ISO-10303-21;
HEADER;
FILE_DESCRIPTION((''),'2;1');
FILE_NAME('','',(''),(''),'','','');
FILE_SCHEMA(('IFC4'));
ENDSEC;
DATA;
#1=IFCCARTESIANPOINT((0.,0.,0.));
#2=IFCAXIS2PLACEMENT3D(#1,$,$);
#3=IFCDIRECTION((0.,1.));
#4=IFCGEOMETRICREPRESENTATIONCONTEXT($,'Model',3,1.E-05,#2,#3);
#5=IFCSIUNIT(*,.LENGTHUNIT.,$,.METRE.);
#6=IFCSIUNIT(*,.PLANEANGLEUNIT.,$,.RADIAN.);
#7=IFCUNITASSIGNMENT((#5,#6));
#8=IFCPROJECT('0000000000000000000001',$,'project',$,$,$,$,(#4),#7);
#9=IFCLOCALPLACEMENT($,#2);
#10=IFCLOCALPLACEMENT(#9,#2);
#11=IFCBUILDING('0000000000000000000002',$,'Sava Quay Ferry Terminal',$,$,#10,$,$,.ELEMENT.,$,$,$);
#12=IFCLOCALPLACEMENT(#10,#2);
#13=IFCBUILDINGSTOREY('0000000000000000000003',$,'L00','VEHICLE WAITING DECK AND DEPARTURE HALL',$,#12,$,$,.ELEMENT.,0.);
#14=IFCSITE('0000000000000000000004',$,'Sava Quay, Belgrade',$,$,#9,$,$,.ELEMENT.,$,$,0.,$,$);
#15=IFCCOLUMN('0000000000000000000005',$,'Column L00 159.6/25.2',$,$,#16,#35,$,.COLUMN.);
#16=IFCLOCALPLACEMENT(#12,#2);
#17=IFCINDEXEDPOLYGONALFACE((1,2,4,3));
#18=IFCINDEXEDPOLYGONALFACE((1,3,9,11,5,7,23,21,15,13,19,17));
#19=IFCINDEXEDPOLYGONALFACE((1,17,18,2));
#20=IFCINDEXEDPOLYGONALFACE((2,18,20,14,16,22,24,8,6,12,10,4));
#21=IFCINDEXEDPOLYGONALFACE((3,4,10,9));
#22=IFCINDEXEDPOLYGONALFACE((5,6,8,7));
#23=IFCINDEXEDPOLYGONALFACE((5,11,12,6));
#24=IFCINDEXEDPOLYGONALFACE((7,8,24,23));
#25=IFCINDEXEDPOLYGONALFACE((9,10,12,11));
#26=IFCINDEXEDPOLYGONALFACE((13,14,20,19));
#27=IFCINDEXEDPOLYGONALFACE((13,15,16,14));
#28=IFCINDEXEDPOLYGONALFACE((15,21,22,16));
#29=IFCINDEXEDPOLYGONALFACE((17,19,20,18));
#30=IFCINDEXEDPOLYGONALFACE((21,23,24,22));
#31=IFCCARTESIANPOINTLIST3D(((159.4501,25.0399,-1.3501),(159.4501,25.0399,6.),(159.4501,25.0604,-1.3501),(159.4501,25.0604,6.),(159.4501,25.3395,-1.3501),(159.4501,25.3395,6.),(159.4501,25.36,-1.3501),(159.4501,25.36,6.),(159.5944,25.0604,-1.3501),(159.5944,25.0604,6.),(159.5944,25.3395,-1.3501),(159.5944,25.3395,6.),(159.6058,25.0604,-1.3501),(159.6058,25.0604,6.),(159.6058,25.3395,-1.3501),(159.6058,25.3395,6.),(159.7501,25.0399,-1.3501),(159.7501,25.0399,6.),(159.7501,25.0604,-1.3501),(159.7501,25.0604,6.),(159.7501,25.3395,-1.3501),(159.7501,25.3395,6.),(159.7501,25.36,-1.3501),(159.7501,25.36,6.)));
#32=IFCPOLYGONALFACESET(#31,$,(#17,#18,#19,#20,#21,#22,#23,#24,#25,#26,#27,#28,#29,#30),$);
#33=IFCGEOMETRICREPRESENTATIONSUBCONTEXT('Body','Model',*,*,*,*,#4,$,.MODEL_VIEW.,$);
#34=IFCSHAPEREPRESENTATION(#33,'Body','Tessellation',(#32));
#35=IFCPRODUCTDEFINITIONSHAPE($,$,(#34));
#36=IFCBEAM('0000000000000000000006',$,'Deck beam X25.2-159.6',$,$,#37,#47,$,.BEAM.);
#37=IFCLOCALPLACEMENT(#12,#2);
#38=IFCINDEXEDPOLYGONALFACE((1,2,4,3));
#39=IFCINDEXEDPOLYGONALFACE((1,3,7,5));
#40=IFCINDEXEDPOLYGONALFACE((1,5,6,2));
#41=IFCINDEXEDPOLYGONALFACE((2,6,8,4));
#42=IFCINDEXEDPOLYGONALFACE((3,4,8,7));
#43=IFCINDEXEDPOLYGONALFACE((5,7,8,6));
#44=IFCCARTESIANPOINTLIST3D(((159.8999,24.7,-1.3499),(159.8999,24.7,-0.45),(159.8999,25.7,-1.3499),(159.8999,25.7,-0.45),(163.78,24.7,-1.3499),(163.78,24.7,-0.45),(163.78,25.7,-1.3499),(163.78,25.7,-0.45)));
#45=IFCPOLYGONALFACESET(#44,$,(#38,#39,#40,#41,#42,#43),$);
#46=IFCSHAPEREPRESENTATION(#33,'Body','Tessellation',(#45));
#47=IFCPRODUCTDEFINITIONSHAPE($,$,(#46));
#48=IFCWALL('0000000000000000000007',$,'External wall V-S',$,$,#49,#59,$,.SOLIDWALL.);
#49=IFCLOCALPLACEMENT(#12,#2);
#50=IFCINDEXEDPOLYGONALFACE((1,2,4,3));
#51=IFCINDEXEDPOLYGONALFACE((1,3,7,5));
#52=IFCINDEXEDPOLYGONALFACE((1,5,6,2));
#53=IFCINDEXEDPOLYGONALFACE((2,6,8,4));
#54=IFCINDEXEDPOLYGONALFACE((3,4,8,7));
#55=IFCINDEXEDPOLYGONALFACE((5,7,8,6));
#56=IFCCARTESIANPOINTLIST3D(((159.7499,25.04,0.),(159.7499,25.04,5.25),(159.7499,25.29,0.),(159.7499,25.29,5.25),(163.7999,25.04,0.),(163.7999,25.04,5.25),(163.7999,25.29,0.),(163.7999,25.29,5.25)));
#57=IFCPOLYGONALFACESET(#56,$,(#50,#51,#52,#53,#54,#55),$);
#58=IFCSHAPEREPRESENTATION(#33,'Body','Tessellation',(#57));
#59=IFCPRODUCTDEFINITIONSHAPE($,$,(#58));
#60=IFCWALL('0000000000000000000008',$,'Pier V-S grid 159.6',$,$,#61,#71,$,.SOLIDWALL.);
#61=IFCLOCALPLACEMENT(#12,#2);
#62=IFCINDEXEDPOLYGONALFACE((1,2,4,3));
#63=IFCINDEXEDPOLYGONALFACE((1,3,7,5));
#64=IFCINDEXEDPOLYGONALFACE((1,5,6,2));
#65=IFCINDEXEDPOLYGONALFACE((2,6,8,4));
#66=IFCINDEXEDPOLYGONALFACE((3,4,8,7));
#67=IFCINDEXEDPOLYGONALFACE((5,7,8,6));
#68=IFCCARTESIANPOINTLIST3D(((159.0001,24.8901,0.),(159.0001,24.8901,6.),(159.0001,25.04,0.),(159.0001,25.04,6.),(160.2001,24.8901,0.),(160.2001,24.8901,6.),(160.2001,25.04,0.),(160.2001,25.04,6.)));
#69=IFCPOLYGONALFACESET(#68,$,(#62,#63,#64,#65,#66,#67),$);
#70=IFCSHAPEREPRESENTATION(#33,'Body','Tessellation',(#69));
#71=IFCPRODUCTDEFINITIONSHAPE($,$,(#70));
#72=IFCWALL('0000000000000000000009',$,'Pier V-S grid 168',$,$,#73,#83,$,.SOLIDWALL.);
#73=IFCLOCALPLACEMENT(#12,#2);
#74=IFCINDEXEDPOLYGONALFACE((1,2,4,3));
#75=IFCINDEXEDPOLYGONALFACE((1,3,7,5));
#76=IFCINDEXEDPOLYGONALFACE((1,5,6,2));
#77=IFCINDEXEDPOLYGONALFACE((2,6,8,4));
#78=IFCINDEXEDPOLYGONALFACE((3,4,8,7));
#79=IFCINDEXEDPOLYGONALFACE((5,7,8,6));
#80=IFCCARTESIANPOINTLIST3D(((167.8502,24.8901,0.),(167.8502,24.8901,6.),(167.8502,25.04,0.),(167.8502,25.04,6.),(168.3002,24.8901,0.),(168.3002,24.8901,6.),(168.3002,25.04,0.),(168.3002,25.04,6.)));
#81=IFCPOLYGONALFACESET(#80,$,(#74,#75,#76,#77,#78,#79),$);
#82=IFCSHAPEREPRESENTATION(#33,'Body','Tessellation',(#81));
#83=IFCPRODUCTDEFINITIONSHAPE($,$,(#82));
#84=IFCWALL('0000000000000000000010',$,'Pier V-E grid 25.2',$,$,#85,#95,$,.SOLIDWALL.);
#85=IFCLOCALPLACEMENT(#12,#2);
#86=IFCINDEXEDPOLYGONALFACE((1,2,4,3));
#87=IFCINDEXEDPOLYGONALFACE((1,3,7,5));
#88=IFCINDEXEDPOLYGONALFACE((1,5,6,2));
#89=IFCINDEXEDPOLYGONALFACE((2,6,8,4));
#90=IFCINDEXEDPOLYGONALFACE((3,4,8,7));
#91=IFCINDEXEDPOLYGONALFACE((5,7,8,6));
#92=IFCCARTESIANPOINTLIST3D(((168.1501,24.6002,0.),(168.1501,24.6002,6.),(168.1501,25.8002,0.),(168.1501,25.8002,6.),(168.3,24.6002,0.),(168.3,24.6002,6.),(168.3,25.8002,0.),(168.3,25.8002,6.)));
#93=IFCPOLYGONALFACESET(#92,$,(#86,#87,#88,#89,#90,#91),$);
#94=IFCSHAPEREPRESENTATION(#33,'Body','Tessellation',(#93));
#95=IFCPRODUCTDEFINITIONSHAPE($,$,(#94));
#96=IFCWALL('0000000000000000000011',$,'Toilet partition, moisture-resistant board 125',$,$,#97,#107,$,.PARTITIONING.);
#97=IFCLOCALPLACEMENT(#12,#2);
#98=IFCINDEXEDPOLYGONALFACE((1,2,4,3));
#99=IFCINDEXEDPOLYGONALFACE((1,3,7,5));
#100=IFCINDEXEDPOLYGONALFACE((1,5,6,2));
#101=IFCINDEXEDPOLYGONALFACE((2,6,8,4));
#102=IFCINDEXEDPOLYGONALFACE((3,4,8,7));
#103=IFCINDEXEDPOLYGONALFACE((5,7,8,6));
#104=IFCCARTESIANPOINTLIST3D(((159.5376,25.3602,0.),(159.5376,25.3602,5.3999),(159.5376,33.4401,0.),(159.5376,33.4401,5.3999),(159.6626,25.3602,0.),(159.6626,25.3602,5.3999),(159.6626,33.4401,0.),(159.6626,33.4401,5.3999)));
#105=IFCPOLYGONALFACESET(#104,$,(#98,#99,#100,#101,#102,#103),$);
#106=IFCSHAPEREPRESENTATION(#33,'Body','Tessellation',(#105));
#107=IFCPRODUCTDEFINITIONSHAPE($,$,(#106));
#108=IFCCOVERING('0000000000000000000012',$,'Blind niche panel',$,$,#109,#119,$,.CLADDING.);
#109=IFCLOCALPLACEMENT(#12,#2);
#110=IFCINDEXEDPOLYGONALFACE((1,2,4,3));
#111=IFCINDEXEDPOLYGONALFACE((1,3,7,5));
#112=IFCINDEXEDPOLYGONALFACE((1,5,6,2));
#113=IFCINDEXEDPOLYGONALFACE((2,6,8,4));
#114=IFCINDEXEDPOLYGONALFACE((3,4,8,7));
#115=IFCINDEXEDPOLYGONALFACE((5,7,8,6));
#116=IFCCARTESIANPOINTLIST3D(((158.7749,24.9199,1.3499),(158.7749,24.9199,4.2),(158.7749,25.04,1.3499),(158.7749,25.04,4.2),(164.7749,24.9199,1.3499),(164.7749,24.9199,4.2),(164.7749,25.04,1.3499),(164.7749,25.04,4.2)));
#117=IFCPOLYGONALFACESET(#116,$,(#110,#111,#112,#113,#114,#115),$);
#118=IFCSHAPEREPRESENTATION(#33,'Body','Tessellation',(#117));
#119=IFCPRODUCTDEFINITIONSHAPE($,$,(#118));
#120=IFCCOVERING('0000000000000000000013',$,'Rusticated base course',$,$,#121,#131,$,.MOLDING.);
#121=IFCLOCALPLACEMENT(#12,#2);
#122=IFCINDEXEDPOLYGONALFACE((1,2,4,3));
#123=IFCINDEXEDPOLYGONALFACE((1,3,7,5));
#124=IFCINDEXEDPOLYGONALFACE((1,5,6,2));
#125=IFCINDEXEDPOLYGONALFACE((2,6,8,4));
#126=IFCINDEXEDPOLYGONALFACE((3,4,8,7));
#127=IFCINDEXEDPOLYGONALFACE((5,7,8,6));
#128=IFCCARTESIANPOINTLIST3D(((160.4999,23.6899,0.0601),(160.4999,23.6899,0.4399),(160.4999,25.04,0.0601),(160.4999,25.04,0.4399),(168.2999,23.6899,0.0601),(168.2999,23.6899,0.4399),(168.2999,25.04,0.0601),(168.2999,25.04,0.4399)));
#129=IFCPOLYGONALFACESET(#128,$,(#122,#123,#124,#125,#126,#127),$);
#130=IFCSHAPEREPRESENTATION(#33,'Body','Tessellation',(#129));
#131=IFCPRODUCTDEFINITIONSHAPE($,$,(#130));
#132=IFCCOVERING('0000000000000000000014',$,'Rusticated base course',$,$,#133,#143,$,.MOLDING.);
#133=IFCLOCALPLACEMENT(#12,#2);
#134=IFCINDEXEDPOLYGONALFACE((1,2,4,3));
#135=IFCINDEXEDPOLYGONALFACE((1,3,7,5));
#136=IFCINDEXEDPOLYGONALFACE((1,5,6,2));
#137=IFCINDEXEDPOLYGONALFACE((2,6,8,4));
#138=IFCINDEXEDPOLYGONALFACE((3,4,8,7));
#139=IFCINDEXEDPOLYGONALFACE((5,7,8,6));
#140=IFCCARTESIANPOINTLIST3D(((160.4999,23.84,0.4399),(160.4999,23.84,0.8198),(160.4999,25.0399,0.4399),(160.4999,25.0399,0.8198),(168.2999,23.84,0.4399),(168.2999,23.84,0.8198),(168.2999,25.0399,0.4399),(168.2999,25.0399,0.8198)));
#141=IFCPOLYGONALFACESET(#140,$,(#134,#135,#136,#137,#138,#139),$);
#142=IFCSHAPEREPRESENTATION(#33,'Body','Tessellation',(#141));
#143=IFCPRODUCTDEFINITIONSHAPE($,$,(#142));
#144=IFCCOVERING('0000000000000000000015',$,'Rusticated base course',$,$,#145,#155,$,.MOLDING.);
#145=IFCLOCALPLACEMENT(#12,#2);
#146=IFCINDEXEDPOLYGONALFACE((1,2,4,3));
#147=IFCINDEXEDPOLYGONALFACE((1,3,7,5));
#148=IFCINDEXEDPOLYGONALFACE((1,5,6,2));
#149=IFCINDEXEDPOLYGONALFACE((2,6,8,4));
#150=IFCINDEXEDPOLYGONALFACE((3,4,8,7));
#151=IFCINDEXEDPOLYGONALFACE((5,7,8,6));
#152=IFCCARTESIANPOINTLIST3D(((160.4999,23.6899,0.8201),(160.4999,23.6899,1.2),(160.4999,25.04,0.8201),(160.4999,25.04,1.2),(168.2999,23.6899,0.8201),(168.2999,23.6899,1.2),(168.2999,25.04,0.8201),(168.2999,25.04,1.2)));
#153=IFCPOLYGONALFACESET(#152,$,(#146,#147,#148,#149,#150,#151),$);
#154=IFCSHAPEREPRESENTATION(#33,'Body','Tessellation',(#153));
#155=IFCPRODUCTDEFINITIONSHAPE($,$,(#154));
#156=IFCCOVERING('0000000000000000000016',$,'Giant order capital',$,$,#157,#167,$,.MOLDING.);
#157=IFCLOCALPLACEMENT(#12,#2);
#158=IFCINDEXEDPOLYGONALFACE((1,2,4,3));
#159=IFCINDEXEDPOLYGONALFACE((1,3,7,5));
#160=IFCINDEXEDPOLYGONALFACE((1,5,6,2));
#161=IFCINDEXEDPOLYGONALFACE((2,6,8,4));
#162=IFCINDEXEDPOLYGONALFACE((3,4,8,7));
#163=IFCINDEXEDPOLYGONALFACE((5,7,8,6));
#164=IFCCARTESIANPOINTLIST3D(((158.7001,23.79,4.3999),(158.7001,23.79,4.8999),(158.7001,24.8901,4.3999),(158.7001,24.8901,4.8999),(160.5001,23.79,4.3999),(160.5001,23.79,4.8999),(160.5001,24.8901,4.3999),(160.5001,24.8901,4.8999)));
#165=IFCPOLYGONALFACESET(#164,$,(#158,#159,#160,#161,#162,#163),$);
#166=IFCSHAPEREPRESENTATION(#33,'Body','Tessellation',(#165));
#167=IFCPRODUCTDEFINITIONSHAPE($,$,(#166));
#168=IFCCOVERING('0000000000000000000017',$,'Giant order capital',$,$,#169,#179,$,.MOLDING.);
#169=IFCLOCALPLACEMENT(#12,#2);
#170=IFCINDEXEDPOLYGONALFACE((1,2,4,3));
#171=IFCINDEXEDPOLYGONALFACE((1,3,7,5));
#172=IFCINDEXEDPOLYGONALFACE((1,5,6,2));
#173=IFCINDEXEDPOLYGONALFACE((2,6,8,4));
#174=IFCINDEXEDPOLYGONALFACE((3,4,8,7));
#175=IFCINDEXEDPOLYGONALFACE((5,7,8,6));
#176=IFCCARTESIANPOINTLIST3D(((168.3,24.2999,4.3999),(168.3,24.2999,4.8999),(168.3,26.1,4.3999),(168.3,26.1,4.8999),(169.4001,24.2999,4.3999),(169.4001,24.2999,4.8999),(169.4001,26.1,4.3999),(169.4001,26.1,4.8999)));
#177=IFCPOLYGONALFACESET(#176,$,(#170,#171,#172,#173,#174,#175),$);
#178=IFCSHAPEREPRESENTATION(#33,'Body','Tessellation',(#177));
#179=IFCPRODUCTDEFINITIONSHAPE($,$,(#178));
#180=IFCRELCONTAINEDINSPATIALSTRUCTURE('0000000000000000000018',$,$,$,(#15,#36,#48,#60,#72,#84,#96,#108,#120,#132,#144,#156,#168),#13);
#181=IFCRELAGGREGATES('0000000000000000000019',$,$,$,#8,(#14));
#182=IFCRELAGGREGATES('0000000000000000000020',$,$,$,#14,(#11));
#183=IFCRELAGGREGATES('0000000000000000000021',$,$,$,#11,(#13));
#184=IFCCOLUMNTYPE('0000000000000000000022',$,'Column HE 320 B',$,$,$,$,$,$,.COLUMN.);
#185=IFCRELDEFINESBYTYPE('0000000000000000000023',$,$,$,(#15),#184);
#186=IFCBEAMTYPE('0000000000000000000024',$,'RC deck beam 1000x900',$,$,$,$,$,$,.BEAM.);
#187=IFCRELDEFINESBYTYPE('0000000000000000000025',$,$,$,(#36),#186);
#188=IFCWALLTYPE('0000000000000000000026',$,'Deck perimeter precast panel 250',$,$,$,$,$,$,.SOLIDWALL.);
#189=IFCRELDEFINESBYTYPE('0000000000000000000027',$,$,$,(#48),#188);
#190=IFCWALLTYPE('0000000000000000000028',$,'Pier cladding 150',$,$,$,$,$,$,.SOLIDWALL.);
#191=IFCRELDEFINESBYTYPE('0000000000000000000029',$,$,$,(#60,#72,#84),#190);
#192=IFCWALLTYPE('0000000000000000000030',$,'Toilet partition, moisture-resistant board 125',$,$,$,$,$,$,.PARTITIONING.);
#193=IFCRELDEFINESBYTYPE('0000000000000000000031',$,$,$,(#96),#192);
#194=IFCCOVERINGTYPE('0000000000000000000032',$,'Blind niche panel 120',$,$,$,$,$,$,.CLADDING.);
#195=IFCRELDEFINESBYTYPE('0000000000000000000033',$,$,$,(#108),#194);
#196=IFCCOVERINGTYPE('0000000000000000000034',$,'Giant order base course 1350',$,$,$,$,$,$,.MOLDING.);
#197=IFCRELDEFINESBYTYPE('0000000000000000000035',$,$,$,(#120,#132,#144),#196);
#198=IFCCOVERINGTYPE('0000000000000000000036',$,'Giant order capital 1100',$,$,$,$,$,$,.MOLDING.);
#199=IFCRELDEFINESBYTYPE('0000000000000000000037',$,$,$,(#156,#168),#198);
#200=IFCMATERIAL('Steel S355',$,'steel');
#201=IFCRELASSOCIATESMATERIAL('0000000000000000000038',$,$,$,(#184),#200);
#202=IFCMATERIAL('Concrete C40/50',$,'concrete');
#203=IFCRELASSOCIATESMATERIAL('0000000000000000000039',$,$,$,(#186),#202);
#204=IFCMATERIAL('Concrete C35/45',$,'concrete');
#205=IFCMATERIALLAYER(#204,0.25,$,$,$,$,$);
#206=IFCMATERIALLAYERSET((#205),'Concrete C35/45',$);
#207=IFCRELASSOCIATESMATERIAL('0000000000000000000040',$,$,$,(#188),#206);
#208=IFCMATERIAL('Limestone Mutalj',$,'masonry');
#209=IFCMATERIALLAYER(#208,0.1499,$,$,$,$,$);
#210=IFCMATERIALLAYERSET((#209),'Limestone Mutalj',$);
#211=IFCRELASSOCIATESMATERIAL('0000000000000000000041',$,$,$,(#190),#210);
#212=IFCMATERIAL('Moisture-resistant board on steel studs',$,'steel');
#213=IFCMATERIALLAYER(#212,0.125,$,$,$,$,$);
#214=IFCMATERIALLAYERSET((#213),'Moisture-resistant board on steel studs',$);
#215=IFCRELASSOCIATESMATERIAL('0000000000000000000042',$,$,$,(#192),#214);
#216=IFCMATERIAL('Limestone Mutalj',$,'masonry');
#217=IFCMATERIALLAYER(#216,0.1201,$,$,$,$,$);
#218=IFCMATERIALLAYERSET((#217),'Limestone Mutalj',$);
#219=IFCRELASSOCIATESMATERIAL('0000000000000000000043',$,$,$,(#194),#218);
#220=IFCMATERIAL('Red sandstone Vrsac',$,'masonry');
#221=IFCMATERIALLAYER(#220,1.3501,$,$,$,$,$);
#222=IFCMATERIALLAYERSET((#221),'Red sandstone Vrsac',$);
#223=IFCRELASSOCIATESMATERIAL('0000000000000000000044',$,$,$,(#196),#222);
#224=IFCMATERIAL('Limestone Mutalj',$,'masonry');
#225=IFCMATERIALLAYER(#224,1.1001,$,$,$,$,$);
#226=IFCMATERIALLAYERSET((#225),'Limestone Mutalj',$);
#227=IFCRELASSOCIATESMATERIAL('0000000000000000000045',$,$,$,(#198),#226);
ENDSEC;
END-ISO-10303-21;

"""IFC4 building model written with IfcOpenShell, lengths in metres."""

from ifc_helpers import new_model, si_unit, direction, frame, frame_2d, origin, origin_2d, place, context, subcontext, project, spatial, rectangle, i_section, extrude, material, layer, layer_set, material_profile, profile_set, type_object, element, save


model = new_model("IFC4")

# Units and contexts
model_context = context("Model", 3, precision=1e-05, world=origin(), true_north=direction((0.0, 1.0)))
body_context = subcontext(model_context, "Body", "Model", "MODEL_VIEW")
ifc_project = project(units=[si_unit("LENGTHUNIT", "METRE"), si_unit("PLANEANGLEUNIT", "RADIAN")], contexts=[model_context])

# Site, building, storey
site_placement = place(None, origin())
site = spatial("IfcSite", under=ifc_project, at=site_placement, Name="Sava Quay, Belgrade", CompositionType="ELEMENT", RefElevation=0.0)
building_placement = place(site_placement, origin())
building = spatial("IfcBuilding", under=site, at=building_placement, Name="Sava Quay Ferry Terminal", CompositionType="ELEMENT")
storey_placement = place(building_placement, origin())
storey = spatial("IfcBuildingStorey", under=building, at=storey_placement, Name="L00", Description="VEHICLE WAITING DECK AND DEPARTURE HALL", CompositionType="ELEMENT", Elevation=0.0)

# Column
ifc_material_1 = material(Name="Steel S355", Category="steel")
ifc_material_profile_1 = material_profile(ifc_material_1, i_section(OverallWidth=0.3, OverallDepth=0.3201, WebThickness=0.0115, FlangeThickness=0.0205, at=origin_2d()), Name="HE 320 B")
ifc_profile_set_1 = profile_set([ifc_material_profile_1], Name="Steel S355")
column_type = type_object("IfcColumnType", Name="Column HE 320 B", PredefinedType="COLUMN", material=ifc_profile_set_1)
column_placement = place(storey_placement, frame((159.6001, 25.2, -1.3501), z_axis=(0.0, 0.0, 1.0), x_axis=(1.0, 0.0, 0.0)))
element("IfcColumn", 1, at=column_placement, inside=storey, type_object=column_type, Name="Column L00 159.6/25.2", PredefinedType="COLUMN", context=body_context, shape_type="SweptSolid", body=[
    extrude(i_section(OverallWidth=0.3, OverallDepth=0.3201, WebThickness=0.0115, FlangeThickness=0.0205, at=origin_2d()), origin(), (0.0, 0.0, 1.0), 7.3501),
])

# Beam
ifc_material_2 = material(Name="Concrete C40/50", Category="concrete")
ifc_material_profile_2 = material_profile(ifc_material_2, rectangle(XDim=1.0, YDim=0.8999, at=origin_2d()), Name="RC 1000x900")
ifc_profile_set_2 = profile_set([ifc_material_profile_2], Name="Concrete C40/50")
beam_type = type_object("IfcBeamType", Name="RC deck beam 1000x900", PredefinedType="BEAM", material=ifc_profile_set_2)
beam_placement = place(storey_placement, frame((159.8999, 25.2, -0.8999), z_axis=(1.0, 0.0, 0.0), x_axis=(0.0, 1.0, 0.0)))
element("IfcBeam", 2, at=beam_placement, inside=storey, type_object=beam_type, Name="Deck beam X25.2-159.6", PredefinedType="BEAM", context=body_context, shape_type="SweptSolid", body=[
    extrude(rectangle(XDim=1.0, YDim=0.8999, at=origin_2d()), origin(), (0.0, 0.0, 1.0), 3.8801),
])

# Walls
ifc_material_3 = material(Name="Concrete C35/45", Category="concrete")
ifc_layer_1 = layer(ifc_material_3, 0.25)
ifc_layer_set_1 = layer_set([ifc_layer_1], Name="Concrete C35/45")
wall_type_1 = type_object("IfcWallType", Name="Deck perimeter precast panel 250", PredefinedType="SOLIDWALL", material=ifc_layer_set_1)
wall_1_placement = place(storey_placement, frame((159.75, 25.165, 0.0), z_axis=(0.0, 0.0, 1.0), x_axis=(1.0, 0.0, 0.0)))
element("IfcWall", 3, at=wall_1_placement, inside=storey, type_object=wall_type_1, Name="External wall V-S", PredefinedType="SOLIDWALL", context=body_context, shape_type="SweptSolid", body=[
    extrude(rectangle(XDim=4.05, YDim=0.25, at=frame_2d((2.0249, 0.0))), origin(), (0.0, 0.0, 1.0), 5.25),
])
ifc_material_4 = material(Name="Limestone Mutalj", Category="masonry")
ifc_layer_2 = layer(ifc_material_4, 0.1499)
ifc_layer_set_2 = layer_set([ifc_layer_2], Name="Limestone Mutalj")
wall_type_2 = type_object("IfcWallType", Name="Pier cladding 150", PredefinedType="SOLIDWALL", material=ifc_layer_set_2)
wall_2_placement = place(storey_placement, frame((159.0, 24.9651, 0.0), z_axis=(0.0, 0.0, 1.0), x_axis=(1.0, 0.0, 0.0)))
element("IfcWall", 4, at=wall_2_placement, inside=storey, type_object=wall_type_2, Name="Pier V-S grid 159.6", PredefinedType="SOLIDWALL", context=body_context, shape_type="SweptSolid", body=[
    extrude(rectangle(XDim=1.2, YDim=0.1499, at=frame_2d((0.6001, 0.0))), origin(), (0.0, 0.0, 1.0), 6.0),
])
wall_3_placement = place(storey_placement, frame((167.8501, 24.9651, 0.0), z_axis=(0.0, 0.0, 1.0), x_axis=(1.0, 0.0, 0.0)))
element("IfcWall", 5, at=wall_3_placement, inside=storey, type_object=wall_type_2, Name="Pier V-S grid 168", PredefinedType="SOLIDWALL", context=body_context, shape_type="SweptSolid", body=[
    extrude(rectangle(XDim=0.45, YDim=0.1499, at=frame_2d((0.2251, 0.0))), origin(), (0.0, 0.0, 1.0), 6.0),
])
wall_4_placement = place(storey_placement, frame((168.2251, 24.6001, 0.0), z_axis=(0.0, 0.0, 1.0), x_axis=(0.0, 1.0, 0.0)))
element("IfcWall", 6, at=wall_4_placement, inside=storey, type_object=wall_type_2, Name="Pier V-E grid 25.2", PredefinedType="SOLIDWALL", context=body_context, shape_type="SweptSolid", body=[
    extrude(rectangle(XDim=1.2, YDim=0.1499, at=frame_2d((0.6001, 0.0))), origin(), (0.0, 0.0, 1.0), 6.0),
])

# Wall
ifc_material_5 = material(Name="Moisture-resistant board on steel studs", Category="steel")
ifc_layer_3 = layer(ifc_material_5, 0.125)
ifc_layer_set_3 = layer_set([ifc_layer_3], Name="Moisture-resistant board on steel studs")
wall_type_3 = type_object("IfcWallType", Name="Toilet partition, moisture-resistant board 125", PredefinedType="PARTITIONING", material=ifc_layer_set_3)
wall_5_placement = place(storey_placement, frame((159.6001, 25.3601, 0.0), z_axis=(0.0, 0.0, 1.0), x_axis=(0.0, 1.0, 0.0)))
element("IfcWall", 7, at=wall_5_placement, inside=storey, type_object=wall_type_3, Name="Toilet partition, moisture-resistant board 125", PredefinedType="PARTITIONING", context=body_context, shape_type="SweptSolid", body=[
    extrude(rectangle(XDim=8.0798, YDim=0.125, at=frame_2d((4.04, 0.0))), origin(), (0.0, 0.0, 1.0), 5.3999),
])

# Coverings
ifc_material_6 = material(Name="Limestone Mutalj", Category="masonry")
ifc_layer_4 = layer(ifc_material_6, 0.1201)
ifc_layer_set_4 = layer_set([ifc_layer_4], Name="Limestone Mutalj")
covering_type_1 = type_object("IfcCoveringType", Name="Blind niche panel 120", PredefinedType="CLADDING", material=ifc_layer_set_4)
covering_1_placement = place(storey_placement, frame((161.7749, 24.98, 1.3499), z_axis=(0.0, 0.0, 1.0), x_axis=(1.0, 0.0, 0.0)))
element("IfcCovering", 8, at=covering_1_placement, inside=storey, type_object=covering_type_1, Name="Blind niche panel", PredefinedType="CLADDING", context=body_context, shape_type="SweptSolid", body=[
    extrude(rectangle(XDim=6.0, YDim=0.1201, at=origin_2d()), origin(), (0.0, 0.0, 1.0), 2.8501),
])
ifc_material_7 = material(Name="Red sandstone Vrsac", Category="masonry")
ifc_layer_5 = layer(ifc_material_7, 1.3501)
ifc_layer_set_5 = layer_set([ifc_layer_5], Name="Red sandstone Vrsac")
covering_type_2 = type_object("IfcCoveringType", Name="Giant order base course 1350", PredefinedType="MOLDING", material=ifc_layer_set_5)
covering_2_placement = place(storey_placement, frame((164.3999, 24.365, 0.0601), z_axis=(0.0, 0.0, 1.0), x_axis=(1.0, 0.0, 0.0)))
element("IfcCovering", 9, at=covering_2_placement, inside=storey, type_object=covering_type_2, Name="Rusticated base course", PredefinedType="MOLDING", context=body_context, shape_type="SweptSolid", body=[
    extrude(rectangle(XDim=7.8, YDim=1.3501, at=origin_2d()), origin(), (0.0, 0.0, 1.0), 0.3799),
])
covering_3_placement = place(storey_placement, frame((164.3999, 24.4399, 0.4399), z_axis=(0.0, 0.0, 1.0), x_axis=(1.0, 0.0, 0.0)))
element("IfcCovering", 10, at=covering_3_placement, inside=storey, type_object=covering_type_2, Name="Rusticated base course", PredefinedType="MOLDING", context=body_context, shape_type="SweptSolid", body=[
    extrude(rectangle(XDim=7.8, YDim=1.2, at=origin_2d()), origin(), (0.0, 0.0, 1.0), 0.3799),
])
covering_4_placement = place(storey_placement, frame((164.3999, 24.365, 0.8201), z_axis=(0.0, 0.0, 1.0), x_axis=(1.0, 0.0, 0.0)))
element("IfcCovering", 11, at=covering_4_placement, inside=storey, type_object=covering_type_2, Name="Rusticated base course", PredefinedType="MOLDING", context=body_context, shape_type="SweptSolid", body=[
    extrude(rectangle(XDim=7.8, YDim=1.3501, at=origin_2d()), origin(), (0.0, 0.0, 1.0), 0.3799),
])
ifc_material_8 = material(Name="Limestone Mutalj", Category="masonry")
ifc_layer_6 = layer(ifc_material_8, 1.1001)
ifc_layer_set_6 = layer_set([ifc_layer_6], Name="Limestone Mutalj")
covering_type_3 = type_object("IfcCoveringType", Name="Giant order capital 1100", PredefinedType="MOLDING", material=ifc_layer_set_6)
covering_5_placement = place(storey_placement, frame((159.6001, 24.3401, 4.3999), z_axis=(0.0, 0.0, 1.0), x_axis=(1.0, 0.0, 0.0)))
element("IfcCovering", 12, at=covering_5_placement, inside=storey, type_object=covering_type_3, Name="Giant order capital", PredefinedType="MOLDING", context=body_context, shape_type="SweptSolid", body=[
    extrude(rectangle(XDim=1.8, YDim=1.1001, at=origin_2d()), origin(), (0.0, 0.0, 1.0), 0.5),
])
covering_6_placement = place(storey_placement, frame((168.8501, 25.2, 4.3999), z_axis=(0.0, 0.0, 1.0), x_axis=(1.0, 0.0, 0.0)))
element("IfcCovering", 13, at=covering_6_placement, inside=storey, type_object=covering_type_3, Name="Giant order capital", PredefinedType="MOLDING", context=body_context, shape_type="SweptSolid", body=[
    extrude(rectangle(XDim=1.1001, YDim=1.8, at=origin_2d()), origin(), (0.0, 0.0, 1.0), 0.5),
])

save(model, "model.ifc")
